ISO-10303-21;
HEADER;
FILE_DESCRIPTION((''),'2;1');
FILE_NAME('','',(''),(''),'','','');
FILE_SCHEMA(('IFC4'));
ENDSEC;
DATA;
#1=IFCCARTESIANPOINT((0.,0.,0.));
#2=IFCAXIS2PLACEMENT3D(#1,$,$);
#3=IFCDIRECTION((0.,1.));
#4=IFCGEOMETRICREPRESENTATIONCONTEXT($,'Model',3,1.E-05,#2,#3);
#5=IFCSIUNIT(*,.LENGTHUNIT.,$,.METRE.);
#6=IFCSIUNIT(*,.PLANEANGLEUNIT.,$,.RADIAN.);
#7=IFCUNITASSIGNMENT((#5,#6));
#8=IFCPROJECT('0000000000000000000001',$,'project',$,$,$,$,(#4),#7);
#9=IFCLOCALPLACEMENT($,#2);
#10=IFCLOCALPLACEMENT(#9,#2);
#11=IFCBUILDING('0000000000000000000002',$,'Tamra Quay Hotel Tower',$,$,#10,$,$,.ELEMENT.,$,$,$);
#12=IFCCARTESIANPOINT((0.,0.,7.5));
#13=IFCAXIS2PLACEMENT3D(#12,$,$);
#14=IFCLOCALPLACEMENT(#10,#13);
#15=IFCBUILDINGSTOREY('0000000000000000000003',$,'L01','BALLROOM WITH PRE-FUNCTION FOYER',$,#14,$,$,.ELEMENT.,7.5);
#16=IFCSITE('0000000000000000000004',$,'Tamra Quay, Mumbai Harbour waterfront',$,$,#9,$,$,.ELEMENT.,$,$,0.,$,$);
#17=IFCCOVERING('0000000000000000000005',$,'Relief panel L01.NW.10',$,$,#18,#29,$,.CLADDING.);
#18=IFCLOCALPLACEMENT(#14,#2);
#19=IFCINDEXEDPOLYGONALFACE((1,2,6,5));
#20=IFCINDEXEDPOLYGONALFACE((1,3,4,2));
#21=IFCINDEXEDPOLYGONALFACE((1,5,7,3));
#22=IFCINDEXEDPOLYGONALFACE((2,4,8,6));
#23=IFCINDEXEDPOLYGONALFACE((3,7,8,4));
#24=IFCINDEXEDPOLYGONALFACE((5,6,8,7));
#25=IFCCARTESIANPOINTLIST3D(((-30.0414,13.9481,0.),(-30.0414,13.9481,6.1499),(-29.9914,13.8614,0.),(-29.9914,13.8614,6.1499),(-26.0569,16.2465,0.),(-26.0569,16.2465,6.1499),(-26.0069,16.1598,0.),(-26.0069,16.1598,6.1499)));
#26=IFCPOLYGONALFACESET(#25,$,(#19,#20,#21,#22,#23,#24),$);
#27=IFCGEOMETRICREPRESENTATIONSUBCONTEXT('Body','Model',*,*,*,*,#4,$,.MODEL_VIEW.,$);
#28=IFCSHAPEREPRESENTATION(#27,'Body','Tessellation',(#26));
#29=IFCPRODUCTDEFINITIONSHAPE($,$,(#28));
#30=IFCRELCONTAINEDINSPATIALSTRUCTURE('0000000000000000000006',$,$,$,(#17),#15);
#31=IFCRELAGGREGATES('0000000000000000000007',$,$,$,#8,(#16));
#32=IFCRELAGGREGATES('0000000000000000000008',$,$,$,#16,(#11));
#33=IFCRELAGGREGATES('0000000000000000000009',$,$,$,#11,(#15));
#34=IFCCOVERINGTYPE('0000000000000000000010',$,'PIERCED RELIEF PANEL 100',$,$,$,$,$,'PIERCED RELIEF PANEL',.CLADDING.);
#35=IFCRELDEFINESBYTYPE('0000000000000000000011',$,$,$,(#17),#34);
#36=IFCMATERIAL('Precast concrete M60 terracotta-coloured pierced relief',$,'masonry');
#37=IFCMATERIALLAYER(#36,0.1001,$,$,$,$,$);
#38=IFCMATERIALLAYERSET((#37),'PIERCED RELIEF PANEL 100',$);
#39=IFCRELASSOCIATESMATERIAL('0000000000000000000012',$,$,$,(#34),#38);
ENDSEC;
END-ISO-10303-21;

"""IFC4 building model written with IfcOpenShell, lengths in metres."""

from ifc_helpers import new_model, si_unit, direction, frame, origin, origin_2d, place, context, subcontext, project, spatial, rectangle, extrude, material, layer, layer_set, type_object, element, save


model = new_model("IFC4")

# Units and contexts
model_context = context("Model", 3, precision=1e-05, world=origin(), true_north=direction((0.0, 1.0)))
body_context = subcontext(model_context, "Body", "Model", "MODEL_VIEW")
ifc_project = project(units=[si_unit("LENGTHUNIT", "METRE"), si_unit("PLANEANGLEUNIT", "RADIAN")], contexts=[model_context])

# Site, building, storey
site_placement = place(None, origin())
site = spatial("IfcSite", under=ifc_project, at=site_placement, Name="Tamra Quay, Mumbai Harbour waterfront", CompositionType="ELEMENT", RefElevation=0.0)
building_placement = place(site_placement, origin())
building = spatial("IfcBuilding", under=site, at=building_placement, Name="Tamra Quay Hotel Tower", CompositionType="ELEMENT")
storey_placement = place(building_placement, frame((0.0, 0.0, 7.5)))
storey = spatial("IfcBuildingStorey", under=building, at=storey_placement, Name="L01", Description="BALLROOM WITH PRE-FUNCTION FOYER", CompositionType="ELEMENT", Elevation=7.5)

# Covering
ifc_material_1 = material(Name="Precast concrete M60 terracotta-coloured pierced relief", Category="masonry")
ifc_layer_1 = layer(ifc_material_1, 0.1001)
ifc_layer_set_1 = layer_set([ifc_layer_1], Name="PIERCED RELIEF PANEL 100")
covering_type_1 = type_object("IfcCoveringType", Name="PIERCED RELIEF PANEL 100", ElementType="PIERCED RELIEF PANEL", PredefinedType="CLADDING", material=ifc_layer_set_1)
covering_1_placement = place(storey_placement, frame((-28.0242, 15.054, 0.0), z_axis=(0.0, 0.0, 1.0), x_axis=(-0.866215, -0.499672, 0.0)))
element("IfcCovering", 1, at=covering_1_placement, inside=storey, type_object=covering_type_1, Name="Relief panel L01.NW.10", PredefinedType="CLADDING", context=body_context, shape_type="SweptSolid", body=[
    extrude(rectangle(XDim=4.5999, YDim=0.1001, at=origin_2d()), origin(), (0.0, 0.0, 1.0), 6.1499),
])

save(model, "model.ifc")
